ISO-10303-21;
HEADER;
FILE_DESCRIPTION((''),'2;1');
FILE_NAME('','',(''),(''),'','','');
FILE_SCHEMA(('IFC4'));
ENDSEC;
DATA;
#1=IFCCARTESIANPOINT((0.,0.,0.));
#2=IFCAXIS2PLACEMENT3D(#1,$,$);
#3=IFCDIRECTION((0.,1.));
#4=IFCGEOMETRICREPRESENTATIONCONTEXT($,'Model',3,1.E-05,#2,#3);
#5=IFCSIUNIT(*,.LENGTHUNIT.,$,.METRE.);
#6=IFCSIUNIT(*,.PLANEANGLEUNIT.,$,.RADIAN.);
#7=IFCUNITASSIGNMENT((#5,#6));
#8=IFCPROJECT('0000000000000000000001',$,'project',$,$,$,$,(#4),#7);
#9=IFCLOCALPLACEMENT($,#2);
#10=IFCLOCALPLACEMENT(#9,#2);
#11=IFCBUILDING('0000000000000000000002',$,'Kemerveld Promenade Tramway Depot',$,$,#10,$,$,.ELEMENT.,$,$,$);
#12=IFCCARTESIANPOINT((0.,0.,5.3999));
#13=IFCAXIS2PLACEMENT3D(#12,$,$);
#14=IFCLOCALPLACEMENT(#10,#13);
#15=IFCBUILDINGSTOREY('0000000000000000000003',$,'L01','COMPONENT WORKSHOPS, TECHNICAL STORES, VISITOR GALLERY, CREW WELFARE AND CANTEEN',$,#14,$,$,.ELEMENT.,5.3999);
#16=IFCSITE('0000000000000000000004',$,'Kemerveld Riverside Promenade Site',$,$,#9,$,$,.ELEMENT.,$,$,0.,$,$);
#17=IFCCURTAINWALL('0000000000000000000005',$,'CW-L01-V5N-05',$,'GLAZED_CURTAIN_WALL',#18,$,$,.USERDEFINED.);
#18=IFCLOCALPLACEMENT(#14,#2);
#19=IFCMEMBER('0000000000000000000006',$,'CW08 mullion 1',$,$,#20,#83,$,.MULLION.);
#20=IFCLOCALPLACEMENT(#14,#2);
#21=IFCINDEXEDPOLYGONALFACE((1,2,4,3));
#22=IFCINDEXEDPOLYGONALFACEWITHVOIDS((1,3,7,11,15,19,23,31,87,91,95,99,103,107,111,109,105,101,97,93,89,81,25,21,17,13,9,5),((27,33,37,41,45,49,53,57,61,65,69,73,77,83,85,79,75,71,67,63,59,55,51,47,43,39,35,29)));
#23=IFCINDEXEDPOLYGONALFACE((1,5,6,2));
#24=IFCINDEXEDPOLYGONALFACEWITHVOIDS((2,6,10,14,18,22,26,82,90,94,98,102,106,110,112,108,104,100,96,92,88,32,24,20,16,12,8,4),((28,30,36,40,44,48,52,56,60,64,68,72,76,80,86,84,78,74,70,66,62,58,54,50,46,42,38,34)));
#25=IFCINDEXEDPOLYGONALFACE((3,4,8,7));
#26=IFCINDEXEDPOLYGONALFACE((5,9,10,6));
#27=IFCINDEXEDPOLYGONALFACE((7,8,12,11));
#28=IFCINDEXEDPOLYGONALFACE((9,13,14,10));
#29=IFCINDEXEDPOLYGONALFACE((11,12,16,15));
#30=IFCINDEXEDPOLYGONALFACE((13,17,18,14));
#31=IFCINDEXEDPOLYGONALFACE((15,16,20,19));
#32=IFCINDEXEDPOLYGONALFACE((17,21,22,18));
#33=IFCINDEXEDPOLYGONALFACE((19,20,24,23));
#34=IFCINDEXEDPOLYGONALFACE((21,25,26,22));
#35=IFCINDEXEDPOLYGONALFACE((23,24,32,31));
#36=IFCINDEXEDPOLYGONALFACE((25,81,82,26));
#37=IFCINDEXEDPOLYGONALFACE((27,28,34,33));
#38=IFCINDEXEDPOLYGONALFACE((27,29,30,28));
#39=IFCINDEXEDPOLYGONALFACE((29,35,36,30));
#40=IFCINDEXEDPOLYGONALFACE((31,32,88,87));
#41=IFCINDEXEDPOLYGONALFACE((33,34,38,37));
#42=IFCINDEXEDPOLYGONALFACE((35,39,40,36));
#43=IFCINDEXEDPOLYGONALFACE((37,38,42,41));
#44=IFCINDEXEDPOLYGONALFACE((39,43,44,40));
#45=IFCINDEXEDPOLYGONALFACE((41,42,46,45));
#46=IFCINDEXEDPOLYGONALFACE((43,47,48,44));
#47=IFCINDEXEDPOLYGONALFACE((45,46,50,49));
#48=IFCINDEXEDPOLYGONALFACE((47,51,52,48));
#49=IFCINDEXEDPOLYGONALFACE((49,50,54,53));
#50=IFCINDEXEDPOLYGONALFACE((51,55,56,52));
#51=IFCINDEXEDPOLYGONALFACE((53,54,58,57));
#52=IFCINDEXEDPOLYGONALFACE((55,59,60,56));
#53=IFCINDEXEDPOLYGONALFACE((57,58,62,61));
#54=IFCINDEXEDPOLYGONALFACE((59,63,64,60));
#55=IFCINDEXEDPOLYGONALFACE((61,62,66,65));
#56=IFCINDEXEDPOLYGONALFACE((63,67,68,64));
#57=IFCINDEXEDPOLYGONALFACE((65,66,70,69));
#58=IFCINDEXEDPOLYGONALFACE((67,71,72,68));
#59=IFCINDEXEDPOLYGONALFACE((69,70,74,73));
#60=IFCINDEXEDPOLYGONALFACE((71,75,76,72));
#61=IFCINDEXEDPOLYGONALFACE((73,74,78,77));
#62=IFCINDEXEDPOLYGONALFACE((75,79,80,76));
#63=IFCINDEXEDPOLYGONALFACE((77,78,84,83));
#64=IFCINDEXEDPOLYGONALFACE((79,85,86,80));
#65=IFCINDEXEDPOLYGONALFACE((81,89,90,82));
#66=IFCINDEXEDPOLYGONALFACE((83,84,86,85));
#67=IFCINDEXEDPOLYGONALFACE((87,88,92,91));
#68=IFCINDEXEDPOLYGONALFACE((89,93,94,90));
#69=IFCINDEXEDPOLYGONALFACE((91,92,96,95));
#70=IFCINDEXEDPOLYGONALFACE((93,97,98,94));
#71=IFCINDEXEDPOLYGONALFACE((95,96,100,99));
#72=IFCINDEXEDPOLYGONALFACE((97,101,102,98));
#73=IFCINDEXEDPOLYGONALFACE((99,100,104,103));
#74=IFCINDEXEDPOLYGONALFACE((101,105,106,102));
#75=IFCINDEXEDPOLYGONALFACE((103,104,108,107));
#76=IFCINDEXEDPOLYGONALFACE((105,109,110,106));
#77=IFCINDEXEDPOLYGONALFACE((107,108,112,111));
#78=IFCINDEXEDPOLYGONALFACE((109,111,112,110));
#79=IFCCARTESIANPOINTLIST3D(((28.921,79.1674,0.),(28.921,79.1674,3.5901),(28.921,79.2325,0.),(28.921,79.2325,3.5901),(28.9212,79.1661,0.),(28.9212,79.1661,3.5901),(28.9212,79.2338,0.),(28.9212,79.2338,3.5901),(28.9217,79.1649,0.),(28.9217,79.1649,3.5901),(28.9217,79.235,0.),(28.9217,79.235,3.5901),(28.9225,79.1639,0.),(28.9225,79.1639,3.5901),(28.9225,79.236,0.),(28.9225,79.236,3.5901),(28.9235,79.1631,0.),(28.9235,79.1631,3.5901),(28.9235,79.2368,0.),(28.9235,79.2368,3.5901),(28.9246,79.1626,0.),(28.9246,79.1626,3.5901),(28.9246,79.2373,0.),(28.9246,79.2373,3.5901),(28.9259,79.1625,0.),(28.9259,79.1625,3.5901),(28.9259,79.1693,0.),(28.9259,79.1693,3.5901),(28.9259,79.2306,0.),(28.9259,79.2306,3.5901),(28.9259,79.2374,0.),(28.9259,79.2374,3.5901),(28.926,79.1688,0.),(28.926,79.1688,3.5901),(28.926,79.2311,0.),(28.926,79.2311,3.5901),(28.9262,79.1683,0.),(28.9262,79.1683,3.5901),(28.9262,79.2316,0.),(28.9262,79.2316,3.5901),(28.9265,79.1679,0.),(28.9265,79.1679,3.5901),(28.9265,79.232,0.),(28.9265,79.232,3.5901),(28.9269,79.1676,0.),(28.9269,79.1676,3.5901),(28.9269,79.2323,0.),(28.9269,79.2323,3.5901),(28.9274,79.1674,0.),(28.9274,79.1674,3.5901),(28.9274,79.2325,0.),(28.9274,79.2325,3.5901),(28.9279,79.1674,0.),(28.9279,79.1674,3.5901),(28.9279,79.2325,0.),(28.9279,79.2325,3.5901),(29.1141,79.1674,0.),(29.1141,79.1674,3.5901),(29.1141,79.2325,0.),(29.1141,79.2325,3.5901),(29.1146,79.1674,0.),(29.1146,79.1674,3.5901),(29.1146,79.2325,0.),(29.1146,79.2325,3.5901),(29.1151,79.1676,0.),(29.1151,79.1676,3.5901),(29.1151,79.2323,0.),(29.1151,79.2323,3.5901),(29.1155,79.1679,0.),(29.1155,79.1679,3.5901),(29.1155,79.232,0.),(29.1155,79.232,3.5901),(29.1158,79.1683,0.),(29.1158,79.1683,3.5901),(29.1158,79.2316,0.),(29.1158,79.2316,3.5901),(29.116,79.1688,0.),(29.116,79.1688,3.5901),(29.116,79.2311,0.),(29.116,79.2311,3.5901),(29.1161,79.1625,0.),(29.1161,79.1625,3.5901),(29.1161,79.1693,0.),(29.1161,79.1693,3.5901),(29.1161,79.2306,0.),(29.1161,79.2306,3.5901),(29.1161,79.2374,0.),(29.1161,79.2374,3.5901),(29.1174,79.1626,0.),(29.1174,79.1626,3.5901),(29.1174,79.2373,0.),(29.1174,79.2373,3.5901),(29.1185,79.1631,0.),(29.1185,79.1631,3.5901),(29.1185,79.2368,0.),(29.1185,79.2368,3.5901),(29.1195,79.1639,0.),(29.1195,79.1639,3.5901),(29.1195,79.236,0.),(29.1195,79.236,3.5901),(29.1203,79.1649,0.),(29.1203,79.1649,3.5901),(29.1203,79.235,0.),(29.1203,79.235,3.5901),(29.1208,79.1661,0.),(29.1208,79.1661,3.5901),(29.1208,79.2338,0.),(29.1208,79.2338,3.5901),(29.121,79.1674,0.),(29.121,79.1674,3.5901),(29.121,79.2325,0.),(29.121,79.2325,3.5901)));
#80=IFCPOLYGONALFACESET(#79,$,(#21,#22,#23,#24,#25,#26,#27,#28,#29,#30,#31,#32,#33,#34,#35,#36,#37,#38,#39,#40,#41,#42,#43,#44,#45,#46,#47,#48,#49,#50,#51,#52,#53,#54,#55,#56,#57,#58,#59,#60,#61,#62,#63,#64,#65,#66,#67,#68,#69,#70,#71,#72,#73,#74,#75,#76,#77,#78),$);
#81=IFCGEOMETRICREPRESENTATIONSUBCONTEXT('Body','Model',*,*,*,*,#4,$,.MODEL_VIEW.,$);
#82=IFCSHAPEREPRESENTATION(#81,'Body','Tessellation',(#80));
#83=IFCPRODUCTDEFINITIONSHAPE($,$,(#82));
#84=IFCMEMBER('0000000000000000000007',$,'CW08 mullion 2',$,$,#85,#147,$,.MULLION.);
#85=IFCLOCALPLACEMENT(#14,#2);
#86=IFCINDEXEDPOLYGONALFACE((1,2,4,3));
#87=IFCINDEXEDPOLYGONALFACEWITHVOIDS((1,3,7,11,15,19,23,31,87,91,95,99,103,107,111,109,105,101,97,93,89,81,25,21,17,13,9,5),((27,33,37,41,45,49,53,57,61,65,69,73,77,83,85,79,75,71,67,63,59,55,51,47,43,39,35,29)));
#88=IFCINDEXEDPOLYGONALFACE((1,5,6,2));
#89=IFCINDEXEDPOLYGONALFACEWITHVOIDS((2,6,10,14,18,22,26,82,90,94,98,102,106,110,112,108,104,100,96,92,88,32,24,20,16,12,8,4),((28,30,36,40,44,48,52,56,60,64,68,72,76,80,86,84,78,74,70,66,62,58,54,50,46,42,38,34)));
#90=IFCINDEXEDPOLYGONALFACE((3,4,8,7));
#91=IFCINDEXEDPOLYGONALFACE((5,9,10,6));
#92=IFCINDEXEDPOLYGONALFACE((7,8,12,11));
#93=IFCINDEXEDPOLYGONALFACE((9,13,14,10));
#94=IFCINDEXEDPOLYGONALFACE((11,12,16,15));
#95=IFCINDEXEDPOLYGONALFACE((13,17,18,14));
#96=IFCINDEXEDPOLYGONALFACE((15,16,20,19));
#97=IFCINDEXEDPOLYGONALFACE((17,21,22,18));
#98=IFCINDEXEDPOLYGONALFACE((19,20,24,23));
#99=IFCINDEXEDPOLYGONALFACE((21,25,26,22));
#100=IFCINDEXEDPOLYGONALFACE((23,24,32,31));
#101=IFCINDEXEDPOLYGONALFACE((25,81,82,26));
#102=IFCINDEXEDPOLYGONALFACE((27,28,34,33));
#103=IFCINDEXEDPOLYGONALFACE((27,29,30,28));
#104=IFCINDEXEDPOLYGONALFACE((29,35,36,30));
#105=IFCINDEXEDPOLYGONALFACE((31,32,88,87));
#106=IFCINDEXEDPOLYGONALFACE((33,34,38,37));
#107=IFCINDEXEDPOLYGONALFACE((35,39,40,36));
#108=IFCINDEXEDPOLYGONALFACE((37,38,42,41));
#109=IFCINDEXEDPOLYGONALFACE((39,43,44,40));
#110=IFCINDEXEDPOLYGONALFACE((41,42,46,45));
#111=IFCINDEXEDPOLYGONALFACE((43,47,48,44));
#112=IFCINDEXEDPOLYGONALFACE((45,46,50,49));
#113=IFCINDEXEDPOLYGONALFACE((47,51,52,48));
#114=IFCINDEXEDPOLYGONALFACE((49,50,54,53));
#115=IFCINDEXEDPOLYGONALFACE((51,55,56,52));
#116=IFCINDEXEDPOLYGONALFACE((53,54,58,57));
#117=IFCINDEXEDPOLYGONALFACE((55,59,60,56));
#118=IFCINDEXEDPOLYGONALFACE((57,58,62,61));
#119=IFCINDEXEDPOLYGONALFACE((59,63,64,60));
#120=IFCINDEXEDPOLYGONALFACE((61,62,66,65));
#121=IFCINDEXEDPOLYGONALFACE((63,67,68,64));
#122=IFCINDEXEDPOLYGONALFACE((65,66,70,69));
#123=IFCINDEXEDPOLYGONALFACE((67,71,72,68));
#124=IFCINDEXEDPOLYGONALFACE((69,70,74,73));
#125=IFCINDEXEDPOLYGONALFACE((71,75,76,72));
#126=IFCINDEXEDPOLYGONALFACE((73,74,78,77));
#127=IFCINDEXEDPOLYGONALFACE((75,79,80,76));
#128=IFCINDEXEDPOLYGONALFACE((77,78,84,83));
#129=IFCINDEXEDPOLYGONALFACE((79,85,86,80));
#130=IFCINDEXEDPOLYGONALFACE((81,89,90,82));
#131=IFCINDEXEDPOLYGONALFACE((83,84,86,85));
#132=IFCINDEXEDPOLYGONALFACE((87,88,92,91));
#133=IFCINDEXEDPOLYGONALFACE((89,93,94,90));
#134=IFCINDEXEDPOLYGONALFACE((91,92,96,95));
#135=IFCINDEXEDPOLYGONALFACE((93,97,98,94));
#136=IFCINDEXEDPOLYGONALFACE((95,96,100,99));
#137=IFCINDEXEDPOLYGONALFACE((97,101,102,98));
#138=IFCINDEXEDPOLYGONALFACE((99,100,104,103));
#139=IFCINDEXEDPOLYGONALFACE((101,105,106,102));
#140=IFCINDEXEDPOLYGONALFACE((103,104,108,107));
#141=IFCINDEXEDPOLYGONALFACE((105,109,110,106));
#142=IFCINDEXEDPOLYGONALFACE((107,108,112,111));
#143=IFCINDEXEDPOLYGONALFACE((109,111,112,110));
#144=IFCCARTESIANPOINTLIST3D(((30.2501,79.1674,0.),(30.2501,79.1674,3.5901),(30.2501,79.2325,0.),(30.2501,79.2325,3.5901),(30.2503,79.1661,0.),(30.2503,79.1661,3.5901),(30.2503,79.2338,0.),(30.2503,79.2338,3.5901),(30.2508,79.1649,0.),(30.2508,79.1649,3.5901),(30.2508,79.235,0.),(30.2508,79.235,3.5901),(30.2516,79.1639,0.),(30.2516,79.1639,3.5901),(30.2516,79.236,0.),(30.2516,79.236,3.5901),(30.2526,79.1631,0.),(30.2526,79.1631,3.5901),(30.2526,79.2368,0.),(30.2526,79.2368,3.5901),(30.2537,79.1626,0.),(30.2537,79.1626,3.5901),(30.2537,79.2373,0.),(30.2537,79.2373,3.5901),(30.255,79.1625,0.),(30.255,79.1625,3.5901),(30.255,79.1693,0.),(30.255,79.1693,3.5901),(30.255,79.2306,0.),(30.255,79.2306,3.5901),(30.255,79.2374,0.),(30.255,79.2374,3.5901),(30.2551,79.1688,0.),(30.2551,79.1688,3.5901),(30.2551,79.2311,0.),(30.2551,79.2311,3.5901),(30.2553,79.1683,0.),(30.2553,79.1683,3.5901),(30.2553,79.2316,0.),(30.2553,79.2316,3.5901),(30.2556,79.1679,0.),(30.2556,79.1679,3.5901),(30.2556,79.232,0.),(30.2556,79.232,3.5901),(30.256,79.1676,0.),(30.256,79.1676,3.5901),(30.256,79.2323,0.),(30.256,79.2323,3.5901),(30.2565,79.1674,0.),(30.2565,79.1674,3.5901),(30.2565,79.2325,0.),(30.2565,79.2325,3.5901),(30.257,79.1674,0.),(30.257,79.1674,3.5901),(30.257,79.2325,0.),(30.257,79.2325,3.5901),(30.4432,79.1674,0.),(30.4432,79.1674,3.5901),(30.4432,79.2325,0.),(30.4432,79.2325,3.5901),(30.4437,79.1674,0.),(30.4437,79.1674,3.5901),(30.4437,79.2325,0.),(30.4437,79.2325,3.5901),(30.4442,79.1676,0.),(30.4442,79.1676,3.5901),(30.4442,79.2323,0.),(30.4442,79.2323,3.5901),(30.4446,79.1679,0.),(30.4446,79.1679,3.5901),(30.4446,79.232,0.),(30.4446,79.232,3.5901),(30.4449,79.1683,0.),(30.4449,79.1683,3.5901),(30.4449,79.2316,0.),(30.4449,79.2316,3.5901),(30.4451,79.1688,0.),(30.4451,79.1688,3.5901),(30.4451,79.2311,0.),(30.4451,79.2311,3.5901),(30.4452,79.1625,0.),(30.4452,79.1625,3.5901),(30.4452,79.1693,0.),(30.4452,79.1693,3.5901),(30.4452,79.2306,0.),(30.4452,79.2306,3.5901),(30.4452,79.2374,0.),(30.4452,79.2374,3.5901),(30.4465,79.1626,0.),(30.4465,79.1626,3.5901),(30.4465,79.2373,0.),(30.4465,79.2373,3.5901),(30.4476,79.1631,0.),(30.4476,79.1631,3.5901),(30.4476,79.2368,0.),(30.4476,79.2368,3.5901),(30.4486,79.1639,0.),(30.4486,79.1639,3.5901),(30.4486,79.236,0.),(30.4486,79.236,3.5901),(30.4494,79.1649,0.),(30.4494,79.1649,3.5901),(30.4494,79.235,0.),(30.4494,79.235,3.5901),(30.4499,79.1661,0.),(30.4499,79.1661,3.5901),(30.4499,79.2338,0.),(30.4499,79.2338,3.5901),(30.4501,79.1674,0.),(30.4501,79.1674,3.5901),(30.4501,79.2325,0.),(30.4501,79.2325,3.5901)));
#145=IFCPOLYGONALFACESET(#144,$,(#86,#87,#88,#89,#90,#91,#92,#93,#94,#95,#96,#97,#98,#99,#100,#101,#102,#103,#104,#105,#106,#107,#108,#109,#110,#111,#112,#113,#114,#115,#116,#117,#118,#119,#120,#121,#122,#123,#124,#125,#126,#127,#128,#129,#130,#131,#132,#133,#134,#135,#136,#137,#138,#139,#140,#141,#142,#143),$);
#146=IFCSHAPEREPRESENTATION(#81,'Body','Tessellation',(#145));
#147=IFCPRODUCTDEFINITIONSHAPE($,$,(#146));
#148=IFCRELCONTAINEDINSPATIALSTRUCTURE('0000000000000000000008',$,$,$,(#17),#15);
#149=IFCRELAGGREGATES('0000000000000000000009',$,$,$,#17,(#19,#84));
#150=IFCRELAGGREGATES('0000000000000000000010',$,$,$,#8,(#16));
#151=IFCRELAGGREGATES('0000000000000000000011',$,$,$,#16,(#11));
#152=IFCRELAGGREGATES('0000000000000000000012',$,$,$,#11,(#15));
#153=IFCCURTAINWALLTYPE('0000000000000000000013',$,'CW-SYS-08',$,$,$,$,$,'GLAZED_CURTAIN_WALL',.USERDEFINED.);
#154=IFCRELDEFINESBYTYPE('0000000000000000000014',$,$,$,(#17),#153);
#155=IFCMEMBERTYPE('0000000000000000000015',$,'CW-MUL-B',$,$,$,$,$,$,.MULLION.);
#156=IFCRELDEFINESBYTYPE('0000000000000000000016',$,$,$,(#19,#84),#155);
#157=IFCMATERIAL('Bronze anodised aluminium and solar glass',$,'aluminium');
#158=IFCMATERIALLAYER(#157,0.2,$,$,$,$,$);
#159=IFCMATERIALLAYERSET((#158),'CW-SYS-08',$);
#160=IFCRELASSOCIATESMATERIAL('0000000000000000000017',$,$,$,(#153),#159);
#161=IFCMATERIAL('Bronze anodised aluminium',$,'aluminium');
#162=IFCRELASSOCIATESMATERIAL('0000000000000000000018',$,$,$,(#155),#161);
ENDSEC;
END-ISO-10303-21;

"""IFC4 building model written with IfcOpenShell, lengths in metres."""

from ifc_helpers import new_model, si_unit, direction, frame, origin, origin_2d, place, context, subcontext, project, spatial, hollow_rectangle, extrude, material, layer, layer_set, material_profile, profile_set, type_object, element, aggregate, save


model = new_model("IFC4")

# Units and contexts
model_context = context("Model", 3, precision=1e-05, world=origin(), true_north=direction((0.0, 1.0)))
body_context = subcontext(model_context, "Body", "Model", "MODEL_VIEW")
ifc_project = project(units=[si_unit("LENGTHUNIT", "METRE"), si_unit("PLANEANGLEUNIT", "RADIAN")], contexts=[model_context])

# Site, building, storey
site_placement = place(None, origin())
site = spatial("IfcSite", under=ifc_project, at=site_placement, Name="Kemerveld Riverside Promenade Site", CompositionType="ELEMENT", RefElevation=0.0)
building_placement = place(site_placement, origin())
building = spatial("IfcBuilding", under=site, at=building_placement, Name="Kemerveld Promenade Tramway Depot", CompositionType="ELEMENT")
storey_placement = place(building_placement, frame((0.0, 0.0, 5.3999)))
storey = spatial("IfcBuildingStorey", under=building, at=storey_placement, Name="L01", Description="COMPONENT WORKSHOPS, TECHNICAL STORES, VISITOR GALLERY, CREW WELFARE AND CANTEEN", CompositionType="ELEMENT", Elevation=5.3999)

# Curtain wall, members
ifc_material_1 = material(Name="Bronze anodised aluminium and solar glass", Category="aluminium")
ifc_layer_1 = layer(ifc_material_1, 0.2)
ifc_layer_set_1 = layer_set([ifc_layer_1], Name="CW-SYS-08")
curtain_wall_type = type_object("IfcCurtainWallType", Name="CW-SYS-08", ElementType="GLAZED_CURTAIN_WALL", PredefinedType="USERDEFINED", material=ifc_layer_set_1)
curtain_wall_placement = place(storey_placement, origin())
curtain_wall = element("IfcCurtainWall", 1, at=curtain_wall_placement, inside=storey, type_object=curtain_wall_type, Name="CW-L01-V5N-05", ObjectType="GLAZED_CURTAIN_WALL", PredefinedType="USERDEFINED")
ifc_material_2 = material(Name="Bronze anodised aluminium", Category="aluminium")
ifc_material_profile_1 = material_profile(ifc_material_2, hollow_rectangle(XDim=0.075, YDim=0.2, WallThickness=0.0049, InnerFilletRadius=0.002, OuterFilletRadius=0.0049, at=origin_2d()), Name="CW-MUL-200x75")
ifc_profile_set_1 = profile_set([ifc_material_profile_1], Name="Bronze anodised aluminium")
member_type_1 = type_object("IfcMemberType", Name="CW-MUL-B", PredefinedType="MULLION", material=ifc_profile_set_1)
member_1_placement = place(storey_placement, frame((29.021, 79.2, 0.0), z_axis=(0.0, 0.0, 1.0), x_axis=(0.0, 1.0, 0.0)))
member_1 = element("IfcMember", 2, at=member_1_placement, type_object=member_type_1, Name="CW08 mullion 1", PredefinedType="MULLION", context=body_context, shape_type="SweptSolid", body=[
    extrude(hollow_rectangle(XDim=0.075, YDim=0.2, WallThickness=0.0049, InnerFilletRadius=0.002, OuterFilletRadius=0.0049, at=origin_2d()), origin(), (0.0, 0.0, 1.0), 3.5901),
])
member_2_placement = place(storey_placement, frame((30.3501, 79.2, 0.0), z_axis=(0.0, 0.0, 1.0), x_axis=(0.0, 1.0, 0.0)))
member_2 = element("IfcMember", 3, at=member_2_placement, type_object=member_type_1, Name="CW08 mullion 2", PredefinedType="MULLION", context=body_context, shape_type="SweptSolid", body=[
    extrude(hollow_rectangle(XDim=0.075, YDim=0.2, WallThickness=0.0049, InnerFilletRadius=0.002, OuterFilletRadius=0.0049, at=origin_2d()), origin(), (0.0, 0.0, 1.0), 3.5901),
])
aggregate(curtain_wall, [member_1, member_2])

save(model, "model.ifc")
